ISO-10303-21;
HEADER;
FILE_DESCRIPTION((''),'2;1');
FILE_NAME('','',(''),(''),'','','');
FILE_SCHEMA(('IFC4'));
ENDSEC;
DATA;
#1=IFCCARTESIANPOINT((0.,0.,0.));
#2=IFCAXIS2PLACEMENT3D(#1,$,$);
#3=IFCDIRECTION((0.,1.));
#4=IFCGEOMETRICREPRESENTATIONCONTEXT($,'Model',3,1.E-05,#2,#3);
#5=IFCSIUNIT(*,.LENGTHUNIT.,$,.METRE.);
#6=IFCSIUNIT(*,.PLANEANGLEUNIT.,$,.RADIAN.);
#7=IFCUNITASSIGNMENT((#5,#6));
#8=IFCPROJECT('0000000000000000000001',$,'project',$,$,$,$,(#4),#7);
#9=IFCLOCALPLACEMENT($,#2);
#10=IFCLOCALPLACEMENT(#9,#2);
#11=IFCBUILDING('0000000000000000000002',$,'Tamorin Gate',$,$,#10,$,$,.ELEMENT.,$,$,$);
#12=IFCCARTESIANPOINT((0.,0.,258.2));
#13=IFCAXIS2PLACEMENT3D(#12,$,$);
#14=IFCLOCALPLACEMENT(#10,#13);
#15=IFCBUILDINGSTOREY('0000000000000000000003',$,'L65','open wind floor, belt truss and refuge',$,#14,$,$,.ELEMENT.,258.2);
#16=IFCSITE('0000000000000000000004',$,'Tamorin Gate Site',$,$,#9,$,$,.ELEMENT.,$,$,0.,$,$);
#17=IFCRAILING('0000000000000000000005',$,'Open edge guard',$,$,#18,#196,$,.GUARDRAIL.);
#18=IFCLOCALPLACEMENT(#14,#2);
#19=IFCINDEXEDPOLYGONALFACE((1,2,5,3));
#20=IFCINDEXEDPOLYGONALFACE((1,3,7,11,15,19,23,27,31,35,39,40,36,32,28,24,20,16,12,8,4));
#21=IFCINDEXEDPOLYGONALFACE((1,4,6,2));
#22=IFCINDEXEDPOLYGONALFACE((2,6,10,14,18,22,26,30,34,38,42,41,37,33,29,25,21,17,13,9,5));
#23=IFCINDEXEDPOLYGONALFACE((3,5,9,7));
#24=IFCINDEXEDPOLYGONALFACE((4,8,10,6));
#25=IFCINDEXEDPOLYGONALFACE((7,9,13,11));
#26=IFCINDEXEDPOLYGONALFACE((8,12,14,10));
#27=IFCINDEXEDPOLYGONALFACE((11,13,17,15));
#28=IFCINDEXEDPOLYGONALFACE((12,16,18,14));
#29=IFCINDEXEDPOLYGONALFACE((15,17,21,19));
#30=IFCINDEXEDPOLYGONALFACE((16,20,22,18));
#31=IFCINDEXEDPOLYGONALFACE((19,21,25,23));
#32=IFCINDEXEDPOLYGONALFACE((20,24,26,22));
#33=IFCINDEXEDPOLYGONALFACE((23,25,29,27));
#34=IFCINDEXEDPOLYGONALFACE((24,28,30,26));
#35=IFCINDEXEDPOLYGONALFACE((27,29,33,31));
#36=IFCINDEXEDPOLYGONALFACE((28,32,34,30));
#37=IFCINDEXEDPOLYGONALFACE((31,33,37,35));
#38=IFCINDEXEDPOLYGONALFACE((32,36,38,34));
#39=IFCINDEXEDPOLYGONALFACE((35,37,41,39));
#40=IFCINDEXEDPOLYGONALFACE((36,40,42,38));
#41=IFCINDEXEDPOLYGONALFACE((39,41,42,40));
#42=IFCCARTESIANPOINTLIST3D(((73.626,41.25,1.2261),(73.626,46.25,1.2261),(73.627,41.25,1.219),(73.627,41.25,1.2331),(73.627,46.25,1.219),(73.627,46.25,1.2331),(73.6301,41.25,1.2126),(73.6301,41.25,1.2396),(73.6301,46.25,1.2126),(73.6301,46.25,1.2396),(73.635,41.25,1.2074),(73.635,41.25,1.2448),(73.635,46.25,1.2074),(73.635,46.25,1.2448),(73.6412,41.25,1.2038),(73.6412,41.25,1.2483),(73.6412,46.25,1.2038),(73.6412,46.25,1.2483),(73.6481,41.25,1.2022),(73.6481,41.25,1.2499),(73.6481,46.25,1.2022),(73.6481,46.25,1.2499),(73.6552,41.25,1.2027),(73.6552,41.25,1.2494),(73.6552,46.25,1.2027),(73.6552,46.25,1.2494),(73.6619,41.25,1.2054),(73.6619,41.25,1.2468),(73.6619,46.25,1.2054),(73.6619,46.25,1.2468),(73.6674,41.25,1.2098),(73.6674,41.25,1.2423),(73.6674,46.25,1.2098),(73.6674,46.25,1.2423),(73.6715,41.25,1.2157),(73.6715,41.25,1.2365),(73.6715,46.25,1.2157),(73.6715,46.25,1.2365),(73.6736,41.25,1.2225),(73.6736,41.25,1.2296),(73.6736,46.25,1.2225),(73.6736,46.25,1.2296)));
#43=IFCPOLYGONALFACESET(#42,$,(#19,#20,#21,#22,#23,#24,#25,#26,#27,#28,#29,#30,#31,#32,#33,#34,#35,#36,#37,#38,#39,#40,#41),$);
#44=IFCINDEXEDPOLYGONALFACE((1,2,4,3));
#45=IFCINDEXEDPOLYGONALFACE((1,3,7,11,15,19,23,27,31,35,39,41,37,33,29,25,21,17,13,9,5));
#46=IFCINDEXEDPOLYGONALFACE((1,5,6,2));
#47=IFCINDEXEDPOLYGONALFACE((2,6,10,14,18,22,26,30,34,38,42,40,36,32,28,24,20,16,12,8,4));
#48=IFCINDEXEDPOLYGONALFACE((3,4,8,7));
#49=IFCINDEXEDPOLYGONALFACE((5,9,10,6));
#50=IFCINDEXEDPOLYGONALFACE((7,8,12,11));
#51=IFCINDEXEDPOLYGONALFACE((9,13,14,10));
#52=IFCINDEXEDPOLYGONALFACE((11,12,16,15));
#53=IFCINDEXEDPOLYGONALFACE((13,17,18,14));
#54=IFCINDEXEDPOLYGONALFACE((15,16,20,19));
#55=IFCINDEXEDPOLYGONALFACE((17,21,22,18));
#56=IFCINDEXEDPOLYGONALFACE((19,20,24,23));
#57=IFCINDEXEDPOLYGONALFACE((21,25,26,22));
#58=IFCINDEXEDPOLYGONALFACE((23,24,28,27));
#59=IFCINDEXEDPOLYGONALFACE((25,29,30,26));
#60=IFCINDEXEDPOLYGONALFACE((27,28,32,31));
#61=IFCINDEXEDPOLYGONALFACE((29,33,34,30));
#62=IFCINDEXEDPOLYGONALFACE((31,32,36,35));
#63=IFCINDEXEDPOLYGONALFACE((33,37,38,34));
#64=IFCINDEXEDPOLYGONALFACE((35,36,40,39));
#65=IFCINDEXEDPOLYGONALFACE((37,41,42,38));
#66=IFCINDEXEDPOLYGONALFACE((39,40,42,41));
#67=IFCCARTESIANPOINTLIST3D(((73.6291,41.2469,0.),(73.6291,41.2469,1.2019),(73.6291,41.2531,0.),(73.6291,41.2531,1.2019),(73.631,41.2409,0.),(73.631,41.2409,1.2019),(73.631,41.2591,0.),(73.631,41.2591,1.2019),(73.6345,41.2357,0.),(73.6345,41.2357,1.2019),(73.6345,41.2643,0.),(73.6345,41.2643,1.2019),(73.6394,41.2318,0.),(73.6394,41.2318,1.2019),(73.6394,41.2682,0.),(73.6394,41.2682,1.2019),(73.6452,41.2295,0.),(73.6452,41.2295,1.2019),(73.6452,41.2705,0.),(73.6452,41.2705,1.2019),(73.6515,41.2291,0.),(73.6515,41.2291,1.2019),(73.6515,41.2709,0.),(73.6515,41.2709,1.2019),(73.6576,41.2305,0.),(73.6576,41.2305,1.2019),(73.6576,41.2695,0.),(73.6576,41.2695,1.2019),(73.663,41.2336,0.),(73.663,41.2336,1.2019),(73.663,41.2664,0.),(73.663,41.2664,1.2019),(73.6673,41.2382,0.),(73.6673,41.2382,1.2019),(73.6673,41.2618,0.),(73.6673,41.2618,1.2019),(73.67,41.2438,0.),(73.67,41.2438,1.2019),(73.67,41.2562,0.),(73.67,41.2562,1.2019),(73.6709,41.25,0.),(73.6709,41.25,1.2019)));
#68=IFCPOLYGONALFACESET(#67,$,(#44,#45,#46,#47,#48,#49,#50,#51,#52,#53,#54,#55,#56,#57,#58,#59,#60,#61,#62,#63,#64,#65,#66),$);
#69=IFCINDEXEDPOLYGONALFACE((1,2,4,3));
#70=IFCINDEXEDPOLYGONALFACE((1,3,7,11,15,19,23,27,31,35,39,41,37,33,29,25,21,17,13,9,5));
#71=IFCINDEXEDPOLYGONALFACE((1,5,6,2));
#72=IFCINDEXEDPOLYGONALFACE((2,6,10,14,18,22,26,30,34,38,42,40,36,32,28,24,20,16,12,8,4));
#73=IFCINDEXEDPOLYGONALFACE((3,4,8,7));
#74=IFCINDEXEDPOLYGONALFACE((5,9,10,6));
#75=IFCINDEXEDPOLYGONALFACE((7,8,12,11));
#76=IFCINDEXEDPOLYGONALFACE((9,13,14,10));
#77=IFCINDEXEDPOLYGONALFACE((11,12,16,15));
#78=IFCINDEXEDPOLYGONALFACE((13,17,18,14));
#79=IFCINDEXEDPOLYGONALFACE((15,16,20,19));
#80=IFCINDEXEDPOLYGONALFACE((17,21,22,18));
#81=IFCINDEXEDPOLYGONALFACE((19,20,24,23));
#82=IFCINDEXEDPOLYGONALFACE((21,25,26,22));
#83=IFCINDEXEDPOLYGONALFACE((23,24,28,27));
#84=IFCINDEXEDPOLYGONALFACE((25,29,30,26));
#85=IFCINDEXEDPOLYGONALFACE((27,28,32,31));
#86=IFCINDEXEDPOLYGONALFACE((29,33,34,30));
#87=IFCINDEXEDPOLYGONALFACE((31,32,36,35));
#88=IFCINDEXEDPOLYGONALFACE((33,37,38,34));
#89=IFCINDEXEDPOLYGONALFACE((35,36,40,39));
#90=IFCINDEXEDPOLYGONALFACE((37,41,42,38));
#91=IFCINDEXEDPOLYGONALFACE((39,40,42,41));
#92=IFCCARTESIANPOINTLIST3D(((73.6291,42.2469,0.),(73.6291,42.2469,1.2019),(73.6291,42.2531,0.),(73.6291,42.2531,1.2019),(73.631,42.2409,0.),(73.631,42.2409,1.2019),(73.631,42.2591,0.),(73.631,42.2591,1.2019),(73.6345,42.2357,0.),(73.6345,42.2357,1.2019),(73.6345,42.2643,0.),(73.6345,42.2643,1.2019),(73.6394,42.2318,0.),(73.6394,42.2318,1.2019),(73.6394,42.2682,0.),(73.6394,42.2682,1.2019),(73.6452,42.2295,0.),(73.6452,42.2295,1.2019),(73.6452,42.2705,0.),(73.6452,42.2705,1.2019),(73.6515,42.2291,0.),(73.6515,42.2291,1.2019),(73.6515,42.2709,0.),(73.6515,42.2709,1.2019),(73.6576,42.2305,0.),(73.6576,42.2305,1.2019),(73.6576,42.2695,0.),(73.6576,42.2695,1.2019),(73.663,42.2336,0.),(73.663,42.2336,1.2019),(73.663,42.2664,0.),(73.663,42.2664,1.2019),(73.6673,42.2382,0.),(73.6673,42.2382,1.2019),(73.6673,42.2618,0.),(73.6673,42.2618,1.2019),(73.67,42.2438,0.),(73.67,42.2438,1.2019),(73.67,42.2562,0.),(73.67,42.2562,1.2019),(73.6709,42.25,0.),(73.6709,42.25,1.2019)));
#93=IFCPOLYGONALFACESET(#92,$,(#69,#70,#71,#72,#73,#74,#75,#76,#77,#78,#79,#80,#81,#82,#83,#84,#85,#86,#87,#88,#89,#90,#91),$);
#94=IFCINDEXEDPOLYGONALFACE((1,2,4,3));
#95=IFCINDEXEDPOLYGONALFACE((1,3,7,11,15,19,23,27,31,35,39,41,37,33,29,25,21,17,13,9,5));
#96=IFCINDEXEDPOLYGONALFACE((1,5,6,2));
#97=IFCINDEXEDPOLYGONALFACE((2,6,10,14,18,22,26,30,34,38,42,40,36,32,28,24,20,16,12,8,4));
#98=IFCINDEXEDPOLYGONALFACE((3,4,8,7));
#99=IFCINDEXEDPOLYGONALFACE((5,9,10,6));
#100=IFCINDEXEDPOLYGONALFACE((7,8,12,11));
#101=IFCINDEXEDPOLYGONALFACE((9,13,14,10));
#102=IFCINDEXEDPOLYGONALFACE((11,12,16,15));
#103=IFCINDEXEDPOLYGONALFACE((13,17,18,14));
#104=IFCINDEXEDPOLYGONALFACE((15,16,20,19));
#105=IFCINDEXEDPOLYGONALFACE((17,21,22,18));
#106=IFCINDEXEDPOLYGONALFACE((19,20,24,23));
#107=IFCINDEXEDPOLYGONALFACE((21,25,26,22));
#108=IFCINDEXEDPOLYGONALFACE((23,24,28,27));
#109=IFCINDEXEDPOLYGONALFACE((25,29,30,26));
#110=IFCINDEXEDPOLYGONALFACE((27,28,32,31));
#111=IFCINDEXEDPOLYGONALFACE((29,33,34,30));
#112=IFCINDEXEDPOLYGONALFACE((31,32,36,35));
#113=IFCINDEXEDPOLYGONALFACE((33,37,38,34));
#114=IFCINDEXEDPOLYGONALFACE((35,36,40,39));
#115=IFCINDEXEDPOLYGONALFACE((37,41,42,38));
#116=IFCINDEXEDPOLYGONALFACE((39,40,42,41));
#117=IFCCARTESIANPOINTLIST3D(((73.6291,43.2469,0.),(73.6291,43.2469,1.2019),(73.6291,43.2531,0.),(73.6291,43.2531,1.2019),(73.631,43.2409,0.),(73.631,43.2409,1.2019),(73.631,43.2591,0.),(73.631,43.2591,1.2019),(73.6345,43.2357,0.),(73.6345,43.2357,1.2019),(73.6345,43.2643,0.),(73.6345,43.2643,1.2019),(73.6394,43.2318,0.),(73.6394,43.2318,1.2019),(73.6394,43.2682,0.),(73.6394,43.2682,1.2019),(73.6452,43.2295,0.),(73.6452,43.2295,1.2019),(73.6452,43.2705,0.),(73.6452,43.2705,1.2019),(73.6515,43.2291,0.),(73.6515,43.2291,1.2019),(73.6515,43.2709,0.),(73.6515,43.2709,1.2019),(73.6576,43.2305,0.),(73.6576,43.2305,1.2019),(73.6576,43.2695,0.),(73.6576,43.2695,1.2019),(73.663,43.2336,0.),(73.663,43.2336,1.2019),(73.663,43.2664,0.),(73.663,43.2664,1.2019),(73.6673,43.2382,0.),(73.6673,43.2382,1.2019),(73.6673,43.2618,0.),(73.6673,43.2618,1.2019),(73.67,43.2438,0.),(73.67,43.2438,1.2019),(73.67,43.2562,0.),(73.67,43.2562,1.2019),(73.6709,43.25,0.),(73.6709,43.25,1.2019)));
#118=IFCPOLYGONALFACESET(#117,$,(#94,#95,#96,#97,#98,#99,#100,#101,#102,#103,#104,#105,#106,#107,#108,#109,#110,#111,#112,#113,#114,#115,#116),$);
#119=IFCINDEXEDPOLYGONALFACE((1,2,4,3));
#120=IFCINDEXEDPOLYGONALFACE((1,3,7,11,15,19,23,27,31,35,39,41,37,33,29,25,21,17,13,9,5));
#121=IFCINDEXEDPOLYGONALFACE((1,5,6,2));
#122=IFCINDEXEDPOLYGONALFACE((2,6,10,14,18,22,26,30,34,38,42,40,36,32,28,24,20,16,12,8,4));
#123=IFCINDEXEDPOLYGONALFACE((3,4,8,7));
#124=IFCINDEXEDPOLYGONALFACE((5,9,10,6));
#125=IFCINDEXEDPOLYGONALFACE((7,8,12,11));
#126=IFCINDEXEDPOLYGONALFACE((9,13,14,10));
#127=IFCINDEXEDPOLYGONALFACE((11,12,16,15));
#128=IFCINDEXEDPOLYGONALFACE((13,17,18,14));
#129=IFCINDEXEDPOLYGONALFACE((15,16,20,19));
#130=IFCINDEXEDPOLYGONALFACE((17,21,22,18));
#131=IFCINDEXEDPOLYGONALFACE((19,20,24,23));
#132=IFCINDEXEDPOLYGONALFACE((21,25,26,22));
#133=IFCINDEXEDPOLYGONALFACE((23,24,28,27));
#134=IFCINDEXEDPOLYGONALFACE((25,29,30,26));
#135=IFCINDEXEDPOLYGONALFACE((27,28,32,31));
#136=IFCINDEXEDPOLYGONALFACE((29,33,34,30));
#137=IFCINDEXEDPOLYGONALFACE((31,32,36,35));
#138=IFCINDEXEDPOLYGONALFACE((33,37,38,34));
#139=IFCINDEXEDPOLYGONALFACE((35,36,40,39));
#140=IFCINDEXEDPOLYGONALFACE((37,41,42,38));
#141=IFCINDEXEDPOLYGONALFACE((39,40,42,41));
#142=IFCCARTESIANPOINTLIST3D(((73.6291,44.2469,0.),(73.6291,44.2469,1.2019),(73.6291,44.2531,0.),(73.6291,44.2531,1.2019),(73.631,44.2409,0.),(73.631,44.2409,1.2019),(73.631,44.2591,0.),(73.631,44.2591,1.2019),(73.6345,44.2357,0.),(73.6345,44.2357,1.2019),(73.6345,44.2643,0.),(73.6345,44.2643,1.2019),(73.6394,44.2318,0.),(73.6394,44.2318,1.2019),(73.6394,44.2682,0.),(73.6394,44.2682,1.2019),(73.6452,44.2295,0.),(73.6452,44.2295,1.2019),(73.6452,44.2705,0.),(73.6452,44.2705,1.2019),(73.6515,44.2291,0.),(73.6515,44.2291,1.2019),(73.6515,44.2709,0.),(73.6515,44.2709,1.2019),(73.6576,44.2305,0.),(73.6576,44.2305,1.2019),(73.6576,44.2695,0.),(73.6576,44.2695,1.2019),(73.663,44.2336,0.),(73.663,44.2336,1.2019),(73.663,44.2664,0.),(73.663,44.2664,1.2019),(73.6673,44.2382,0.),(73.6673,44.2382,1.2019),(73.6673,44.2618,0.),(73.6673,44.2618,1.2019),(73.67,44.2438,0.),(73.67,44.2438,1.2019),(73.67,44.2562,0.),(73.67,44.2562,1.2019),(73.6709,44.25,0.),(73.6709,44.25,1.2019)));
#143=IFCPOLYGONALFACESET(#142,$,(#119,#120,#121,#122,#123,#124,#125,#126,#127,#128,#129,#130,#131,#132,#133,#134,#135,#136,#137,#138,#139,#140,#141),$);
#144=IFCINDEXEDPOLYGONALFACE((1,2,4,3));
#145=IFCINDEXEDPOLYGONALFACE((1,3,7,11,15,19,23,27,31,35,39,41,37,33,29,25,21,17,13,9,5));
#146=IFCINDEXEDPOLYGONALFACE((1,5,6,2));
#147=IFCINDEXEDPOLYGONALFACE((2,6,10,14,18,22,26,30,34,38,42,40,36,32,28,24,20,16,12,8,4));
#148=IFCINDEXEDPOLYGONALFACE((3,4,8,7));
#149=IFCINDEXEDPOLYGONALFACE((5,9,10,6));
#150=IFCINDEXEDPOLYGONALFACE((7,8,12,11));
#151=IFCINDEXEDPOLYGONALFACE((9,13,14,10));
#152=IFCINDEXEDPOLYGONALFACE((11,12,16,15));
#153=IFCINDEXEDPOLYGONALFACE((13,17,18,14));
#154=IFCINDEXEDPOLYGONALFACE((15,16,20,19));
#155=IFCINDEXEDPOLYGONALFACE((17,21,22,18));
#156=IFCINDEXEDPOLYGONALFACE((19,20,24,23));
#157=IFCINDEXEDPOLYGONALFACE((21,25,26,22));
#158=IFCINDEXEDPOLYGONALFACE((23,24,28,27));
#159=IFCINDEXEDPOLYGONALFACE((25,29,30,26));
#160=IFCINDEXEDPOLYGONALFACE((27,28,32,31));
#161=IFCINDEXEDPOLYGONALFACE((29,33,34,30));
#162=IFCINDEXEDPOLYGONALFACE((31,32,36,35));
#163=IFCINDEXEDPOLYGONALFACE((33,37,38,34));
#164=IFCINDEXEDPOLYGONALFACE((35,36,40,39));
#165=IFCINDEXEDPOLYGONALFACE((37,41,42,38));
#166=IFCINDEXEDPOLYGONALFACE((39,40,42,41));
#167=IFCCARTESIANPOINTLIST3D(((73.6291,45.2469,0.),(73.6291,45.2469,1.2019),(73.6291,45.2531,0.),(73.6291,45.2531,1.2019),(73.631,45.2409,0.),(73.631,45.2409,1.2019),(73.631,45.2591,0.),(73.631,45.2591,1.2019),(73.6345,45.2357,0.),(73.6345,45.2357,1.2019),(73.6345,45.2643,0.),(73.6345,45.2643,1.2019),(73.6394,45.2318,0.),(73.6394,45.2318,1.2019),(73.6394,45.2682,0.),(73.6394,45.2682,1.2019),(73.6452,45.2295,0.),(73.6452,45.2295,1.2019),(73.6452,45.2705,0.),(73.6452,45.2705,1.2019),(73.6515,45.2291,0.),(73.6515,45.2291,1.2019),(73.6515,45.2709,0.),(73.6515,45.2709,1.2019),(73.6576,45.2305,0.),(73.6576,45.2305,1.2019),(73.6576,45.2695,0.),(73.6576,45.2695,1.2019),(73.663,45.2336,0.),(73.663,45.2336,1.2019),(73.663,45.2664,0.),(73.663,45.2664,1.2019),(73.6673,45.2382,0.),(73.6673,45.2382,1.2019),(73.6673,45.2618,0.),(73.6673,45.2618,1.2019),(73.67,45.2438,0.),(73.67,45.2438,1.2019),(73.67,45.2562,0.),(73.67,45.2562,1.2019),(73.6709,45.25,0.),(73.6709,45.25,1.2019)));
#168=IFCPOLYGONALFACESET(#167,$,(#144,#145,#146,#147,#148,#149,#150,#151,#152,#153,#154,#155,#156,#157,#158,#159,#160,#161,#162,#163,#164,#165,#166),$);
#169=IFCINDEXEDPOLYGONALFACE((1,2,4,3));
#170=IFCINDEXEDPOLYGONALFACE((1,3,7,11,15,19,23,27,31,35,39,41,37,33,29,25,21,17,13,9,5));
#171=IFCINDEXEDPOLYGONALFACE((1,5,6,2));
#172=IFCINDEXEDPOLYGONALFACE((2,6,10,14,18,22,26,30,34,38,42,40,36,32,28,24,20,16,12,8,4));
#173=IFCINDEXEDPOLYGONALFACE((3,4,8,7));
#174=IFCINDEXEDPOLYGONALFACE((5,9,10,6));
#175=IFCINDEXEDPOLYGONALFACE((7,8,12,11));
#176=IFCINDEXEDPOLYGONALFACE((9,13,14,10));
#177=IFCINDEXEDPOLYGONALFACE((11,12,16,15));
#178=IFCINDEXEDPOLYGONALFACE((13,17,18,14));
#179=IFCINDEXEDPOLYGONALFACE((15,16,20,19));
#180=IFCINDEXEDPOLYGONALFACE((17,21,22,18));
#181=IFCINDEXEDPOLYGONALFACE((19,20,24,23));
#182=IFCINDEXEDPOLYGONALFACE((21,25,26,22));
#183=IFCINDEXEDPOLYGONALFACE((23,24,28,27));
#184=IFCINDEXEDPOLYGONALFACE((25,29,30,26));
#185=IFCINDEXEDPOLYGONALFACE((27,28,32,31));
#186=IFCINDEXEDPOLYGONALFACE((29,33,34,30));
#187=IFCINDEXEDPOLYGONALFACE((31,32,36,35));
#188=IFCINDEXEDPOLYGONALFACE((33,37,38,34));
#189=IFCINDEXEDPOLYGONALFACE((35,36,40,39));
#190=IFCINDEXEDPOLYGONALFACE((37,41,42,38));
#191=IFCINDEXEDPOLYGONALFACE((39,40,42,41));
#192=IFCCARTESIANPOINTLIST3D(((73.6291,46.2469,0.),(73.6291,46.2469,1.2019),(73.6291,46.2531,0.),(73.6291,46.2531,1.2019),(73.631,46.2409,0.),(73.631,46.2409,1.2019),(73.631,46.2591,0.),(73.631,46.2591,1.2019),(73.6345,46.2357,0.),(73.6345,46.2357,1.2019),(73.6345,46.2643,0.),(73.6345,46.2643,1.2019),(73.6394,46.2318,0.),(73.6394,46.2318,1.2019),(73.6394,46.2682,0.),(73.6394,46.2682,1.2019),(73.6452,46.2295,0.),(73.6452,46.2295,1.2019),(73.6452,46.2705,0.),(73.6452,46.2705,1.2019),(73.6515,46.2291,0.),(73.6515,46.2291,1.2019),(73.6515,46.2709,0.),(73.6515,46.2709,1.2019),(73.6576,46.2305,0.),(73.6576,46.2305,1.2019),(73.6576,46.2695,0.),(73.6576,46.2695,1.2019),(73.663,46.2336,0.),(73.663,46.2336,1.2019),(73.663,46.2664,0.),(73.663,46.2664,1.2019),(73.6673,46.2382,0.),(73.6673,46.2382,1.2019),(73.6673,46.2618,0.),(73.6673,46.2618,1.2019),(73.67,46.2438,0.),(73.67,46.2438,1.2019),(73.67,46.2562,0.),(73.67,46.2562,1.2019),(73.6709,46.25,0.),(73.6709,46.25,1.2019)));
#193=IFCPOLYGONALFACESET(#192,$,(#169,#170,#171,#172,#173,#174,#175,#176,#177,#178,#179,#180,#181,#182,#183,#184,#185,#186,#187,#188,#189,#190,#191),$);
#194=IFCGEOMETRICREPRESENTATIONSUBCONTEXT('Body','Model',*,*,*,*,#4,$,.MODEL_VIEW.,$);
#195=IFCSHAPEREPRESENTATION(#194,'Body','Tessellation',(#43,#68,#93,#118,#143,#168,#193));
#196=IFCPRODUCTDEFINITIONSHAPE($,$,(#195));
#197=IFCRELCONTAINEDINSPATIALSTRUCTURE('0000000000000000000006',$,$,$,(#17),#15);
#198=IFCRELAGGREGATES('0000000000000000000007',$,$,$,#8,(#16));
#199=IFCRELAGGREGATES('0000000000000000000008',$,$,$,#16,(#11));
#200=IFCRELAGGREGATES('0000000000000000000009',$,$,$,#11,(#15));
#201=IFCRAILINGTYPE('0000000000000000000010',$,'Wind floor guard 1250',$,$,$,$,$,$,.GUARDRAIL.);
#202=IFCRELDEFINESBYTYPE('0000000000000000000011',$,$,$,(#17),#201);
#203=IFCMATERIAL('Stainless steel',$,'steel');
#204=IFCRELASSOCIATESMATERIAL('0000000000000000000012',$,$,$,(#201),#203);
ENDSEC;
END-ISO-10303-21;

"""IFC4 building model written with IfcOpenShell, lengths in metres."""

from ifc_helpers import new_model, si_unit, direction, frame, origin, origin_2d, place, context, subcontext, project, spatial, circle, extrude, material, type_object, element, save


model = new_model("IFC4")

# Units and contexts
model_context = context("Model", 3, precision=1e-05, world=origin(), true_north=direction((0.0, 1.0)))
body_context = subcontext(model_context, "Body", "Model", "MODEL_VIEW")
ifc_project = project(units=[si_unit("LENGTHUNIT", "METRE"), si_unit("PLANEANGLEUNIT", "RADIAN")], contexts=[model_context])

# Site, building, storey
site_placement = place(None, origin())
site = spatial("IfcSite", under=ifc_project, at=site_placement, Name="Tamorin Gate Site", CompositionType="ELEMENT", RefElevation=0.0)
building_placement = place(site_placement, origin())
building = spatial("IfcBuilding", under=site, at=building_placement, Name="Tamorin Gate", CompositionType="ELEMENT")
storey_placement = place(building_placement, frame((0.0, 0.0, 258.2)))
storey = spatial("IfcBuildingStorey", under=building, at=storey_placement, Name="L65", Description="open wind floor, belt truss and refuge", CompositionType="ELEMENT", Elevation=258.2)

# Railing
ifc_material_1 = material(Name="Stainless steel", Category="steel")
railing_type = type_object("IfcRailingType", Name="Wind floor guard 1250", PredefinedType="GUARDRAIL", material=ifc_material_1)
railing_1_placement = place(storey_placement, frame((73.6499, 41.25, 0.0)))
element("IfcRailing", 1, at=railing_1_placement, inside=storey, type_object=railing_type, Name="Open edge guard", PredefinedType="GUARDRAIL", context=body_context, shape_type="SweptSolid", body=[
    extrude(circle(Radius=0.0239, at=origin_2d()), frame((0.0, 0.0, 1.2261), z_axis=(0.0, 1.0, 0.0), x_axis=(-1.0, 0.0, 0.0)), (0.0, 0.0, 1.0), 5.0),
    extrude(circle(Radius=0.021, at=origin_2d()), origin(), (0.0, 0.0, 1.0), 1.2019),
    extrude(circle(Radius=0.021, at=origin_2d()), frame((0.0, 1.0, 0.0)), (0.0, 0.0, 1.0), 1.2019),
    extrude(circle(Radius=0.021, at=origin_2d()), frame((0.0, 2.0, 0.0)), (0.0, 0.0, 1.0), 1.2019),
    extrude(circle(Radius=0.021, at=origin_2d()), frame((0.0, 3.0, 0.0)), (0.0, 0.0, 1.0), 1.2019),
    extrude(circle(Radius=0.021, at=origin_2d()), frame((0.0, 4.0, 0.0)), (0.0, 0.0, 1.0), 1.2019),
    extrude(circle(Radius=0.021, at=origin_2d()), frame((0.0, 5.0, 0.0)), (0.0, 0.0, 1.0), 1.2019),
])

save(model, "model.ifc")
